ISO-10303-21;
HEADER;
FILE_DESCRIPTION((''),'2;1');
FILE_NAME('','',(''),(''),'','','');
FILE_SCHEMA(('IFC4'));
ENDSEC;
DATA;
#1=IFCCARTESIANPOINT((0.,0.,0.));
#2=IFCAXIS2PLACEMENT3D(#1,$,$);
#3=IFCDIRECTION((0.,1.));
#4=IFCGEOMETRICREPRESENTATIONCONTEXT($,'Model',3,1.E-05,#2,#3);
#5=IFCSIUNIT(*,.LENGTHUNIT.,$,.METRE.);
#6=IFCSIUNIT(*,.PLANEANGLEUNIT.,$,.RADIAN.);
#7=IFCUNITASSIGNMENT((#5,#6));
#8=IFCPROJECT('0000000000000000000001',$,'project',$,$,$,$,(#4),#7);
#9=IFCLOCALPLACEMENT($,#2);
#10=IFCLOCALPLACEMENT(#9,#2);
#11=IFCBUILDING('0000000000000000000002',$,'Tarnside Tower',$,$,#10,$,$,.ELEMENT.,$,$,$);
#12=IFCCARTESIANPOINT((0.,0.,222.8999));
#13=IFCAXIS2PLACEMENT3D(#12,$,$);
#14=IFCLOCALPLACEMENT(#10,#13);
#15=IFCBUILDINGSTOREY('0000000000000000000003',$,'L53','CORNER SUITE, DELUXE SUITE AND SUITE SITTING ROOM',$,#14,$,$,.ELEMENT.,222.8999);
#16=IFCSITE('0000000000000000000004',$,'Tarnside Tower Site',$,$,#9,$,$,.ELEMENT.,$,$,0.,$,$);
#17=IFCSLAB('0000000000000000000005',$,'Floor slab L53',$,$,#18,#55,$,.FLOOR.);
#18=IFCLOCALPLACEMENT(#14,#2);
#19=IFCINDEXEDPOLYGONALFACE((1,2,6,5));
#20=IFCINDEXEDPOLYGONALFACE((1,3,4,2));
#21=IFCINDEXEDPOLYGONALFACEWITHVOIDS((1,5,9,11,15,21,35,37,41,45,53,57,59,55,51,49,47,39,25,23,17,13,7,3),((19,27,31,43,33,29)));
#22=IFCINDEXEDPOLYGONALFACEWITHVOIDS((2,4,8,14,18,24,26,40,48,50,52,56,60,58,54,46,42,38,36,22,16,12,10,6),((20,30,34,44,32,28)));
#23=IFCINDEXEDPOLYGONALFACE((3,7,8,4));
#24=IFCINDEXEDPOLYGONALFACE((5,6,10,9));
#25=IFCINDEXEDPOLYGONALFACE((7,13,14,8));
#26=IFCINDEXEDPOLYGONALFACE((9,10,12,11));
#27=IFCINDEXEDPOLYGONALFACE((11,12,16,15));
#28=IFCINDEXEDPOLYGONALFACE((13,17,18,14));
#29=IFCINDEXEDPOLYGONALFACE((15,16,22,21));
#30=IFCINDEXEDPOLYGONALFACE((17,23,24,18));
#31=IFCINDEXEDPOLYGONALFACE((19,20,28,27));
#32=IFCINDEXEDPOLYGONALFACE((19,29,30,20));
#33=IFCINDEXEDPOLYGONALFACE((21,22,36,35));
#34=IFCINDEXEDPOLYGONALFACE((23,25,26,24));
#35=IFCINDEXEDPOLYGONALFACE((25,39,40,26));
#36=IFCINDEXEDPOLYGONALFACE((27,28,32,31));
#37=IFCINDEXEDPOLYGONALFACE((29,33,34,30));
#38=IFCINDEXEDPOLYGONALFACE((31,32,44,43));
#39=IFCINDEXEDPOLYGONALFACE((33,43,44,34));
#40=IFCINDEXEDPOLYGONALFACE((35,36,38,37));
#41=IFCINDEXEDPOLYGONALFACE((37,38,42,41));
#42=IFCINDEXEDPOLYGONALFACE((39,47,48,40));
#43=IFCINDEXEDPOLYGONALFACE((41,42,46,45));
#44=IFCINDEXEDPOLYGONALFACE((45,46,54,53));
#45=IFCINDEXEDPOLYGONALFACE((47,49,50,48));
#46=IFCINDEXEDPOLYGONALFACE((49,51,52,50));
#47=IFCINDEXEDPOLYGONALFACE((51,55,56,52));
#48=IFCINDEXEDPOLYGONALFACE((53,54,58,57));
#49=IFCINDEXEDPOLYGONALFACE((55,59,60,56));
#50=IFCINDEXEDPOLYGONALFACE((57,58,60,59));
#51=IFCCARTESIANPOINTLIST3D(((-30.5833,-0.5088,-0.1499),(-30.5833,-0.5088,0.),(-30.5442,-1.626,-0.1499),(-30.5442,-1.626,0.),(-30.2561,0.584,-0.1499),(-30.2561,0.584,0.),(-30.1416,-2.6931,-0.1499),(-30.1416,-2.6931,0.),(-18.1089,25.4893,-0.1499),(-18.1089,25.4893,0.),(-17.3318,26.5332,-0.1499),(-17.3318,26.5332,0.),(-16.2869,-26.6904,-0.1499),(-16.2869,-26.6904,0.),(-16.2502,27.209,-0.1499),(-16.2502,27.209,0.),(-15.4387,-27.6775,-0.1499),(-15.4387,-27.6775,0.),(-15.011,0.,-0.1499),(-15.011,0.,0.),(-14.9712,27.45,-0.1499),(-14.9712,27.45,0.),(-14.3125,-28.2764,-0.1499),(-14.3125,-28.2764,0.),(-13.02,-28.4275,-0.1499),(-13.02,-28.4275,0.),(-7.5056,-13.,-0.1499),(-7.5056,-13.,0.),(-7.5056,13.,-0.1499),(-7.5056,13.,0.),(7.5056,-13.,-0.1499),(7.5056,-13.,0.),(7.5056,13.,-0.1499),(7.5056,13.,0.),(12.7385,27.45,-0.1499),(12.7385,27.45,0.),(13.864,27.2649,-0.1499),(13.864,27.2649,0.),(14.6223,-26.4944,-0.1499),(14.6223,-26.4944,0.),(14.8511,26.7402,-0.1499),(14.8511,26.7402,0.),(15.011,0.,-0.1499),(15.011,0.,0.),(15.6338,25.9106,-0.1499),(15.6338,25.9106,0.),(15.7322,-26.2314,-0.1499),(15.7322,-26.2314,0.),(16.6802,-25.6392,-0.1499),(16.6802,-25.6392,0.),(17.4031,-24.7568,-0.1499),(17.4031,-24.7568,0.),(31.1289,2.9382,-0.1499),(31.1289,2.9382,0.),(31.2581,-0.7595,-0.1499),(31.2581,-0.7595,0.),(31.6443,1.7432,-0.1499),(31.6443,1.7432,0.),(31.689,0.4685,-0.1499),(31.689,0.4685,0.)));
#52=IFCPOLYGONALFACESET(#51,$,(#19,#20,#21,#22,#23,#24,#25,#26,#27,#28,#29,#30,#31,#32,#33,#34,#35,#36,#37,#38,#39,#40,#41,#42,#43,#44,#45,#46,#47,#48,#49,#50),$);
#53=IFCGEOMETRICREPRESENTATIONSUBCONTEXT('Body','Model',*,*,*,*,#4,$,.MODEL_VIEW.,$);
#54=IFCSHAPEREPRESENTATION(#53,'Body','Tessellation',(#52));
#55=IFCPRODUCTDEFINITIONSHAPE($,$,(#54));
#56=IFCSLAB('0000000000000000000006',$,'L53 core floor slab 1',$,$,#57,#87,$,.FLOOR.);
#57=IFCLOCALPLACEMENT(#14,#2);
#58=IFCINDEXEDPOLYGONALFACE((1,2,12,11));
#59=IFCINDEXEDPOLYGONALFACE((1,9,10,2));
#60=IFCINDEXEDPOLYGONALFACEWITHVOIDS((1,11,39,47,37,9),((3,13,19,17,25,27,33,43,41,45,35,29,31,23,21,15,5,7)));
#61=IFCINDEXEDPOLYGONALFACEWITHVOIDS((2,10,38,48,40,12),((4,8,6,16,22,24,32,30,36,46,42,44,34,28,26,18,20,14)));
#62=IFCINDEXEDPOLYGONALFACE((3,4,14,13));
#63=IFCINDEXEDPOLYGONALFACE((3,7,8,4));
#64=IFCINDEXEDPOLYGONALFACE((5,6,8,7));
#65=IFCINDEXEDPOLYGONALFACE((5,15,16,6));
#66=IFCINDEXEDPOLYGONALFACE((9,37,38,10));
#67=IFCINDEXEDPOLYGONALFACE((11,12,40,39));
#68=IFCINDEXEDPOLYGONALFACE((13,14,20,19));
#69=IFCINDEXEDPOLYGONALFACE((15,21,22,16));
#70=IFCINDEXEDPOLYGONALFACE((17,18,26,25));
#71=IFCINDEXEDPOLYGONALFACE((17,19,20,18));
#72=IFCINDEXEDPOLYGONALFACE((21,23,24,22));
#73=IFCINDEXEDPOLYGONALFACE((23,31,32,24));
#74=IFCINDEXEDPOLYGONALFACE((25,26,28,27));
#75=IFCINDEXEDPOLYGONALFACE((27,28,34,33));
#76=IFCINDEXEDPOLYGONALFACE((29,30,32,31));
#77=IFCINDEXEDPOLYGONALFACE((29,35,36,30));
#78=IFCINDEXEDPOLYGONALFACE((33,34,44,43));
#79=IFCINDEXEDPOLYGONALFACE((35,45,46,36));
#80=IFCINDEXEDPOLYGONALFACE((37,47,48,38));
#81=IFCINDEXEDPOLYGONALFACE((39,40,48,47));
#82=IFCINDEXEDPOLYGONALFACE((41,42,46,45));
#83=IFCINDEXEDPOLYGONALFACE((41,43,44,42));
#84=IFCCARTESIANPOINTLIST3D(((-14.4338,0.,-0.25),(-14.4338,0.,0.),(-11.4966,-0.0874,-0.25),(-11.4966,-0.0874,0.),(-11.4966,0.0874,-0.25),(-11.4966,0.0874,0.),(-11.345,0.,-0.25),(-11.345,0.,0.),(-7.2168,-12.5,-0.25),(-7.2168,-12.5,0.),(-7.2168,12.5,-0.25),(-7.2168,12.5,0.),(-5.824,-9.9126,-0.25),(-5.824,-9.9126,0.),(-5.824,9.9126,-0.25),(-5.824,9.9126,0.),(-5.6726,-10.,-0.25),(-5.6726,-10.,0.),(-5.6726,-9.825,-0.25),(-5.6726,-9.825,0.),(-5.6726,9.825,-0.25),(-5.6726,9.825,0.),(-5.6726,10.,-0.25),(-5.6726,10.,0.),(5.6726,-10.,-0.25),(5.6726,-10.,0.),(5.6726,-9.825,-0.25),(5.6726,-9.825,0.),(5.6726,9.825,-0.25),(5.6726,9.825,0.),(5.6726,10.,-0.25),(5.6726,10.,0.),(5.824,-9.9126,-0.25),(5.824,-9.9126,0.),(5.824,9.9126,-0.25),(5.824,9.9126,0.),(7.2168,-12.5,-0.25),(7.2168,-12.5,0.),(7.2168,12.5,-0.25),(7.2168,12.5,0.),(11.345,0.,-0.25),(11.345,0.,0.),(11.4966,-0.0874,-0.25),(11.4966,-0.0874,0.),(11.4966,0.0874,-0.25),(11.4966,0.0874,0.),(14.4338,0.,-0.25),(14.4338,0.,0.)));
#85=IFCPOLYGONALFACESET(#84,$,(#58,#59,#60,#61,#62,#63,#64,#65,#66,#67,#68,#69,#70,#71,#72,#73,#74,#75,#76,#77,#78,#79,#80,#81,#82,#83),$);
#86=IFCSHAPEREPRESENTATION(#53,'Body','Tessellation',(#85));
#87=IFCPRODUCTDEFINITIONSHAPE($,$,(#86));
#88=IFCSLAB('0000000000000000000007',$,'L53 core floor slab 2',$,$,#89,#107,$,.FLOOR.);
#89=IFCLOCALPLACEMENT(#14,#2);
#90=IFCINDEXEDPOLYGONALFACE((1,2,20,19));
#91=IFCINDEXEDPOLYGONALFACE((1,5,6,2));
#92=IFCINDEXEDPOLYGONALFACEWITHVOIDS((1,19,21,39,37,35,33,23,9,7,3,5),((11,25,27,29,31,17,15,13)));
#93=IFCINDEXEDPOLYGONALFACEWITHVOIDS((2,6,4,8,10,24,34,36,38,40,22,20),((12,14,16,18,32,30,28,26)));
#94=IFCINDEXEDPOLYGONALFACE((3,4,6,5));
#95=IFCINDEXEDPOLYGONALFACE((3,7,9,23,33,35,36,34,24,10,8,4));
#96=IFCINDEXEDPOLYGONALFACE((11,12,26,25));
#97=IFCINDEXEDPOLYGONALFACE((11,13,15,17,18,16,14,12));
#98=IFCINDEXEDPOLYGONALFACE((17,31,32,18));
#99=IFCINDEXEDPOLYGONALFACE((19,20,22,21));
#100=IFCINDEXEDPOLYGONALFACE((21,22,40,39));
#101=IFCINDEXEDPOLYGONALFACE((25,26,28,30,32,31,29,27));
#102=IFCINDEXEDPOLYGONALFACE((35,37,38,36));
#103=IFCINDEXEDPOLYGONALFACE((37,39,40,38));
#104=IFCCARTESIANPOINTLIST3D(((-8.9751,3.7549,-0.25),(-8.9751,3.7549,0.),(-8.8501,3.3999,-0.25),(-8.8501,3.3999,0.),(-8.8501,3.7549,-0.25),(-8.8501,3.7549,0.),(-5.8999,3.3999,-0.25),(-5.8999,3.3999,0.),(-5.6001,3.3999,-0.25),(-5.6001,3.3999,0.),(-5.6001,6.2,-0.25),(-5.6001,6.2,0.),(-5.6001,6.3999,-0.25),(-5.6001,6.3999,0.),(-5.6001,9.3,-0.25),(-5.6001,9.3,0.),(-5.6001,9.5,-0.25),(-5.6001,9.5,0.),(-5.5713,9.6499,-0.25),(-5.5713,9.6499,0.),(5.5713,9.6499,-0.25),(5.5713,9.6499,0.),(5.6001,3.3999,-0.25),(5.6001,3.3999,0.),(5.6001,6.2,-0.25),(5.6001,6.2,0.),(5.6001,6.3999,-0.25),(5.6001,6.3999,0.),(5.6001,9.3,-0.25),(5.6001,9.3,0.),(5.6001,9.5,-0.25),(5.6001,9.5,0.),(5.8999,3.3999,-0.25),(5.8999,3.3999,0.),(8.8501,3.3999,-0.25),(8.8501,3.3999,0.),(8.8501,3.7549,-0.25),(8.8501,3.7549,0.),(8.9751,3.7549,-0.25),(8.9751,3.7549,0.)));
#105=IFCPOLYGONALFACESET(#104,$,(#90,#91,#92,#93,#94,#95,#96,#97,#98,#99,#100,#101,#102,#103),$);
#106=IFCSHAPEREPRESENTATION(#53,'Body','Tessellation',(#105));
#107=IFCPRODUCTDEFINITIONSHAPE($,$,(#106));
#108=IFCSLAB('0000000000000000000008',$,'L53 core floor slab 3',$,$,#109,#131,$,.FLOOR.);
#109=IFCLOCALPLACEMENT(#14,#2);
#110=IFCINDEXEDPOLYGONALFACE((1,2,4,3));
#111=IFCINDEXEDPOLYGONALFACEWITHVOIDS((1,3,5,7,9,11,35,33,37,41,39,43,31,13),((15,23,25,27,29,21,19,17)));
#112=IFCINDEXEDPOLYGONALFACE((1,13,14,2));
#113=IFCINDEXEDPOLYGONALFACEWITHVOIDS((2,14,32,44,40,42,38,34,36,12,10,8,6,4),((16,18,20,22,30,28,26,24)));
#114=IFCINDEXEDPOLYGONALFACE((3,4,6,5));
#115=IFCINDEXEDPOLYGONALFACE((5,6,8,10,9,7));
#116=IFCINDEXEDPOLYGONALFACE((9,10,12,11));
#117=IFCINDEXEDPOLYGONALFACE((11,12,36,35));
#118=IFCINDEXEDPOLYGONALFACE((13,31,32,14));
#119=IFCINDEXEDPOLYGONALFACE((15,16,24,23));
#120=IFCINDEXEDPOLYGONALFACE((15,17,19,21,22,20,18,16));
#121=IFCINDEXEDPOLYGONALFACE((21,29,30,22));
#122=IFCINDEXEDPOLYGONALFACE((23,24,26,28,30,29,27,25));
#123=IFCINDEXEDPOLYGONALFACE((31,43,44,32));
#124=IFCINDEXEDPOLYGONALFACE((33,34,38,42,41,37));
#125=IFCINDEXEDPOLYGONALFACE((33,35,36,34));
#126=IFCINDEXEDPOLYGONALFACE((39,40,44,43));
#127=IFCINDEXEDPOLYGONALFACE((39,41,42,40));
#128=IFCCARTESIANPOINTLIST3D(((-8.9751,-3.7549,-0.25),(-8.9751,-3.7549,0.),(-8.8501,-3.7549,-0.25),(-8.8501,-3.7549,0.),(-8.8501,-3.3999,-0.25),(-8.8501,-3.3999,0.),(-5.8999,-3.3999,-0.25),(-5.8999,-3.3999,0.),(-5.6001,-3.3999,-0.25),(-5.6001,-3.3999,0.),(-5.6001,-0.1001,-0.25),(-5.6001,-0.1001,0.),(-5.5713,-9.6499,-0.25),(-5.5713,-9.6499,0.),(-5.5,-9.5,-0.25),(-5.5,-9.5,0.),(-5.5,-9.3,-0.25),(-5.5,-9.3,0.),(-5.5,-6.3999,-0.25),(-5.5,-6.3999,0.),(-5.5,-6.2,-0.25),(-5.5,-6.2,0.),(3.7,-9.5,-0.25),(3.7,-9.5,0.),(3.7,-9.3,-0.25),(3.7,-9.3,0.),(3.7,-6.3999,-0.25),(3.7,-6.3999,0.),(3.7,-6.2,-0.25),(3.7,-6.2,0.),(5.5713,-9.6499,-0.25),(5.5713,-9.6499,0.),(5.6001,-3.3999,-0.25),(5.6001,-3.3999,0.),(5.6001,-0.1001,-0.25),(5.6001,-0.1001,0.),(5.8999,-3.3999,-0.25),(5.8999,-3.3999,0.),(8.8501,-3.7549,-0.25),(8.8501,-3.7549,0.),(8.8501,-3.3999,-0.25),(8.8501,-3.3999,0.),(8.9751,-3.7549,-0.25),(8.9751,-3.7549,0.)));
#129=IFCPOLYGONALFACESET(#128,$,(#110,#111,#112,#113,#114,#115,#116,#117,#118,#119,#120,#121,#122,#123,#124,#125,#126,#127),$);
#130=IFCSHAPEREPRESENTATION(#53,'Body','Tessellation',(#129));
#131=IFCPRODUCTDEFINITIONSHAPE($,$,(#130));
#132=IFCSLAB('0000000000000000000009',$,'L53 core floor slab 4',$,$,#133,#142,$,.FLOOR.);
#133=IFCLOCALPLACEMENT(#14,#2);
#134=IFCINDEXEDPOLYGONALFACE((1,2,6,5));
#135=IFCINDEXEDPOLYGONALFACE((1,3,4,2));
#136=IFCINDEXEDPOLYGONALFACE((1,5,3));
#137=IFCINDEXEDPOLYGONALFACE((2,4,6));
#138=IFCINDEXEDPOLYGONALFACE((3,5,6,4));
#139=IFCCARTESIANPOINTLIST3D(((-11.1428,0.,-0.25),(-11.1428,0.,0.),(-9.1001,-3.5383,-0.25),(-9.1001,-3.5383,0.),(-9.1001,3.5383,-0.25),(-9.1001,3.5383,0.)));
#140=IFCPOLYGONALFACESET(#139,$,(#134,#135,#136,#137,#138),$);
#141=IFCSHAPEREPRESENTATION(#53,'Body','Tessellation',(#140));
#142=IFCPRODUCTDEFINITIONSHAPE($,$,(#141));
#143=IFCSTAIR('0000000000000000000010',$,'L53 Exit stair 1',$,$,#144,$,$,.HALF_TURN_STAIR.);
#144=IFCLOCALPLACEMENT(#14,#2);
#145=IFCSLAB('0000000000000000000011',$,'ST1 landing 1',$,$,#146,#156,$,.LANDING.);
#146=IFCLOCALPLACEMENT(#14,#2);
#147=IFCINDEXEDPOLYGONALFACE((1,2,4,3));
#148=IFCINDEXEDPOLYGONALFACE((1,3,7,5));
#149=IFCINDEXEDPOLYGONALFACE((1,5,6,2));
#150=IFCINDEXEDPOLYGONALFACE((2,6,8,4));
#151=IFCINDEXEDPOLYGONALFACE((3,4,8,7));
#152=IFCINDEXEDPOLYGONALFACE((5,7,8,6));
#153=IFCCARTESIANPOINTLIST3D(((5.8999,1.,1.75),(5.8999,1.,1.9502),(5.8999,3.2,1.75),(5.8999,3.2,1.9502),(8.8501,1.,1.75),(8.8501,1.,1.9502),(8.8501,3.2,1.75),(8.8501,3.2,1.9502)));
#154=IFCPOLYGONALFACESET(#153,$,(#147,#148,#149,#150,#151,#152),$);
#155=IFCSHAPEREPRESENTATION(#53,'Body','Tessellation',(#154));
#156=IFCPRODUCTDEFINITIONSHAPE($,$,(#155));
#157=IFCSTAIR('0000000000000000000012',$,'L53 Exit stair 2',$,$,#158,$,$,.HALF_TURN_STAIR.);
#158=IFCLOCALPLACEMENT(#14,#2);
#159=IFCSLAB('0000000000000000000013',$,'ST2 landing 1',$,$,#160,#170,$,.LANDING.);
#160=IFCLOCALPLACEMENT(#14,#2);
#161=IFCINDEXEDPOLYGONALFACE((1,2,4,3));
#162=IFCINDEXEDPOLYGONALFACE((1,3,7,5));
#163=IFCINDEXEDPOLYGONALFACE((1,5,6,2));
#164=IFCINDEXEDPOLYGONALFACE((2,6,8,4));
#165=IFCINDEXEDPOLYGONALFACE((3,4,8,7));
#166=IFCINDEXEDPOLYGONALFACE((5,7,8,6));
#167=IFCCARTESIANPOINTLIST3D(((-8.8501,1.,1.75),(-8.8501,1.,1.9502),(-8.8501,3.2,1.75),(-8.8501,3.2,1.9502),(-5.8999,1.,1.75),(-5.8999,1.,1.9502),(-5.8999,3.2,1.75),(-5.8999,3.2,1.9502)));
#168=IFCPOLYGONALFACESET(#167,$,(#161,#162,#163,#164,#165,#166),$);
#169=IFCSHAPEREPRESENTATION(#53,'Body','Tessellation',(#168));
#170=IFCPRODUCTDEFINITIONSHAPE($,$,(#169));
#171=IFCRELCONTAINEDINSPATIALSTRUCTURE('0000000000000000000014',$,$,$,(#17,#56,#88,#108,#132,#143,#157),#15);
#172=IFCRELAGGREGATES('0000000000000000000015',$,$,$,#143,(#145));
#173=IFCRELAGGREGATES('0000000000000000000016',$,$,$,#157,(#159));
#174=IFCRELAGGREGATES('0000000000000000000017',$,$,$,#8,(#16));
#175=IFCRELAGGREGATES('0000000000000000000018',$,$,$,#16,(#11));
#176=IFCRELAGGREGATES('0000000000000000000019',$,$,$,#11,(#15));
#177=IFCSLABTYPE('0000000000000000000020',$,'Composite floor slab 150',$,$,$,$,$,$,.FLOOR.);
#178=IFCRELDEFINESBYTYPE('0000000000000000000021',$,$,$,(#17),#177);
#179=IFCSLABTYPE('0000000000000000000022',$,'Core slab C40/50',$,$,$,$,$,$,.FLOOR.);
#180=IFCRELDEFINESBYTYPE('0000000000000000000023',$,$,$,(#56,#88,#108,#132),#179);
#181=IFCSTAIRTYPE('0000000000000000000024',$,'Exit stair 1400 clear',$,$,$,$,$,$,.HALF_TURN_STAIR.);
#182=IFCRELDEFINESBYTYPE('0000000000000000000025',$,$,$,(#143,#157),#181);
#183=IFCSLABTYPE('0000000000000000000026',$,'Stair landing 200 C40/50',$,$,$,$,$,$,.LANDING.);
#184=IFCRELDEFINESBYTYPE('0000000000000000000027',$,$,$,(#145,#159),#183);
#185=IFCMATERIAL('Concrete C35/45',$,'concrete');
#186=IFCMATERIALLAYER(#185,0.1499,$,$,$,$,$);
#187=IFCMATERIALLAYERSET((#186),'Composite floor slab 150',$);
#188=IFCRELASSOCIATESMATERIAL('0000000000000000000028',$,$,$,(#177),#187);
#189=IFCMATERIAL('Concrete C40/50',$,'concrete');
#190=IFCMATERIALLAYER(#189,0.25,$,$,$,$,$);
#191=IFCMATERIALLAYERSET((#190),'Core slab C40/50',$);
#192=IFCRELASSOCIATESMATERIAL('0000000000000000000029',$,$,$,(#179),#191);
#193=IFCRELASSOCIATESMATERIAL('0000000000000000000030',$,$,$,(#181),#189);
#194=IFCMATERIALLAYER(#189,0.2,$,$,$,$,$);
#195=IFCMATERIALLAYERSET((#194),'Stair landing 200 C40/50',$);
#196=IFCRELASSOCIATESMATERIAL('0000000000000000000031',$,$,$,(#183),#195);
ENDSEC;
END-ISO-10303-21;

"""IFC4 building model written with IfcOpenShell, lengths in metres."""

from ifc_helpers import new_model, si_unit, direction, frame, origin, place, context, subcontext, project, spatial, polyline, outline, extrude, material, layer, layer_set, type_object, element, aggregate, save


model = new_model("IFC4")

# Units and contexts
model_context = context("Model", 3, precision=1e-05, world=origin(), true_north=direction((0.0, 1.0)))
body_context = subcontext(model_context, "Body", "Model", "MODEL_VIEW")
ifc_project = project(units=[si_unit("LENGTHUNIT", "METRE"), si_unit("PLANEANGLEUNIT", "RADIAN")], contexts=[model_context])

# Site, building, storey
site_placement = place(None, origin())
site = spatial("IfcSite", under=ifc_project, at=site_placement, Name="Tarnside Tower Site", CompositionType="ELEMENT", RefElevation=0.0)
building_placement = place(site_placement, origin())
building = spatial("IfcBuilding", under=site, at=building_placement, Name="Tarnside Tower", CompositionType="ELEMENT")
storey_placement = place(building_placement, frame((0.0, 0.0, 222.8999)))
storey = spatial("IfcBuildingStorey", under=building, at=storey_placement, Name="L53", Description="CORNER SUITE, DELUXE SUITE AND SUITE SITTING ROOM", CompositionType="ELEMENT", Elevation=222.8999)

# Slabs
ifc_material_1 = material(Name="Concrete C35/45", Category="concrete")
ifc_layer_1 = layer(ifc_material_1, 0.1499)
ifc_layer_set_1 = layer_set([ifc_layer_1], Name="Composite floor slab 150")
slab_type_1 = type_object("IfcSlabType", Name="Composite floor slab 150", PredefinedType="FLOOR", material=ifc_layer_set_1)
slab_1_placement = place(storey_placement, frame((0.0, 0.0, -0.1499)))
element("IfcSlab", 1, at=slab_1_placement, inside=storey, type_object=slab_type_1, Name="Floor slab L53", PredefinedType="FLOOR", context=body_context, shape_type="SweptSolid", body=[
    extrude(outline(polyline([(13.864, 27.2649), (14.8511, 26.7402), (15.6338, 25.9106), (31.1289, 2.9382), (31.6443, 1.7432), (31.689, 0.4685), (31.2581, -0.7595), (17.4031, -24.7568), (16.6802, -25.6392), (15.7322, -26.2314), (14.6223, -26.4944), (-13.02, -28.4275), (-14.3125, -28.2764), (-15.4387, -27.6775), (-16.2869, -26.6904), (-30.1416, -2.6931), (-30.5442, -1.626), (-30.5833, -0.5088), (-30.2561, 0.584), (-18.1089, 25.4893), (-17.3318, 26.5332), (-16.2502, 27.209), (-14.9712, 27.45), (12.7385, 27.45), (13.864, 27.2649)]), holes=[polyline([(-15.011, 0.0), (-7.5056, -13.0), (7.5056, -13.0), (15.011, 0.0), (7.5056, 13.0), (-7.5056, 13.0), (-15.011, 0.0)])]), origin(), (0.0, 0.0, 1.0), 0.1499),
])
ifc_material_2 = material(Name="Concrete C40/50", Category="concrete")
ifc_layer_2 = layer(ifc_material_2, 0.25)
ifc_layer_set_2 = layer_set([ifc_layer_2], Name="Core slab C40/50")
slab_type_2 = type_object("IfcSlabType", Name="Core slab C40/50", PredefinedType="FLOOR", material=ifc_layer_set_2)
slab_2_placement = place(storey_placement, frame((0.0, 0.0, -0.25)))
element("IfcSlab", 2, at=slab_2_placement, inside=storey, type_object=slab_type_2, Name="L53 core floor slab 1", PredefinedType="FLOOR", context=body_context, shape_type="SweptSolid", body=[
    extrude(outline(polyline([(-7.2168, 12.5), (7.2168, 12.5), (14.4338, 0.0), (7.2168, -12.5), (-7.2168, -12.5), (-14.4338, 0.0), (-7.2168, 12.5)]), holes=[polyline([(5.824, -9.9126), (11.4966, -0.0874), (11.345, 0.0), (11.4966, 0.0874), (5.824, 9.9126), (5.6726, 9.825), (5.6726, 10.0), (-5.6726, 10.0), (-5.6726, 9.825), (-5.824, 9.9126), (-11.4966, 0.0874), (-11.345, 0.0), (-11.4966, -0.0874), (-5.824, -9.9126), (-5.6726, -9.825), (-5.6726, -10.0), (5.6726, -10.0), (5.6726, -9.825), (5.824, -9.9126)])]), origin(), (0.0, 0.0, 1.0), 0.25),
])
slab_3_placement = place(storey_placement, frame((0.0, 0.0, -0.25)))
element("IfcSlab", 3, at=slab_3_placement, inside=storey, type_object=slab_type_2, Name="L53 core floor slab 2", PredefinedType="FLOOR", context=body_context, shape_type="SweptSolid", body=[
    extrude(outline(polyline([(-8.9751, 3.7549), (-5.5713, 9.6499), (5.5713, 9.6499), (8.9751, 3.7549), (8.8501, 3.7549), (8.8501, 3.3999), (5.8999, 3.3999), (5.6001, 3.3999), (5.6001, 3.3999), (-5.6001, 3.3999), (-5.8999, 3.3999), (-8.8501, 3.3999), (-8.8501, 3.7549), (-8.9751, 3.7549)]), holes=[polyline([(-5.6001, 6.2), (5.6001, 6.2), (5.6001, 6.3999), (5.6001, 9.3), (5.6001, 9.5), (-5.6001, 9.5), (-5.6001, 9.3), (-5.6001, 6.3999), (-5.6001, 6.2)])]), origin(), (0.0, 0.0, 1.0), 0.25),
])
slab_4_placement = place(storey_placement, frame((0.0, 0.0, -0.25)))
element("IfcSlab", 4, at=slab_4_placement, inside=storey, type_object=slab_type_2, Name="L53 core floor slab 3", PredefinedType="FLOOR", context=body_context, shape_type="SweptSolid", body=[
    extrude(outline(polyline([(5.6001, -3.3999), (5.8999, -3.3999), (8.8501, -3.3999), (8.8501, -3.7549), (8.9751, -3.7549), (5.5713, -9.6499), (-5.5713, -9.6499), (-8.9751, -3.7549), (-8.8501, -3.7549), (-8.8501, -3.3999), (-5.8999, -3.3999), (-5.6001, -3.3999), (-5.6001, -0.1001), (5.6001, -0.1001), (5.6001, -3.3999)]), holes=[polyline([(-5.5, -9.3), (-5.5, -9.5), (3.7, -9.5), (3.7, -9.3), (3.7, -6.3999), (3.7, -6.2), (-5.5, -6.2), (-5.5, -6.3999), (-5.5, -9.3)])]), origin(), (0.0, 0.0, 1.0), 0.25),
])
slab_5_placement = place(storey_placement, frame((0.0, 0.0, -0.25)))
element("IfcSlab", 5, at=slab_5_placement, inside=storey, type_object=slab_type_2, Name="L53 core floor slab 4", PredefinedType="FLOOR", context=body_context, shape_type="SweptSolid", body=[
    extrude(outline(polyline([(-11.1428, 0.0), (-9.1001, 3.5383), (-9.1001, -3.5383), (-11.1428, 0.0)])), origin(), (0.0, 0.0, 1.0), 0.25),
])

# Stairs, slabs
stair_type = type_object("IfcStairType", Name="Exit stair 1400 clear", PredefinedType="HALF_TURN_STAIR", material=ifc_material_2)
stair_1_placement = place(storey_placement, origin())
stair_1 = element("IfcStair", 6, at=stair_1_placement, inside=storey, type_object=stair_type, Name="L53 Exit stair 1", PredefinedType="HALF_TURN_STAIR")
ifc_layer_3 = layer(ifc_material_2, 0.2)
ifc_layer_set_3 = layer_set([ifc_layer_3], Name="Stair landing 200 C40/50")
slab_type_3 = type_object("IfcSlabType", Name="Stair landing 200 C40/50", PredefinedType="LANDING", material=ifc_layer_set_3)
slab_6_placement = place(storey_placement, frame((0.0, 0.0, 1.75)))
slab_6 = element("IfcSlab", 7, at=slab_6_placement, type_object=slab_type_3, Name="ST1 landing 1", PredefinedType="LANDING", context=body_context, shape_type="SweptSolid", body=[
    extrude(outline(polyline([(8.8501, 1.0), (8.8501, 3.2), (5.8999, 3.2), (5.8999, 1.0), (8.8501, 1.0)])), origin(), (0.0, 0.0, 1.0), 0.2002),
])
aggregate(stair_1, [slab_6])
stair_2_placement = place(storey_placement, origin())
stair_2 = element("IfcStair", 8, at=stair_2_placement, inside=storey, type_object=stair_type, Name="L53 Exit stair 2", PredefinedType="HALF_TURN_STAIR")
slab_7_placement = place(storey_placement, frame((0.0, 0.0, 1.75)))
slab_7 = element("IfcSlab", 9, at=slab_7_placement, type_object=slab_type_3, Name="ST2 landing 1", PredefinedType="LANDING", context=body_context, shape_type="SweptSolid", body=[
    extrude(outline(polyline([(-5.8999, 1.0), (-5.8999, 3.2), (-8.8501, 3.2), (-8.8501, 1.0), (-5.8999, 1.0)])), origin(), (0.0, 0.0, 1.0), 0.2002),
])

aggregate(stair_2, [slab_7])

save(model, "model.ifc")
